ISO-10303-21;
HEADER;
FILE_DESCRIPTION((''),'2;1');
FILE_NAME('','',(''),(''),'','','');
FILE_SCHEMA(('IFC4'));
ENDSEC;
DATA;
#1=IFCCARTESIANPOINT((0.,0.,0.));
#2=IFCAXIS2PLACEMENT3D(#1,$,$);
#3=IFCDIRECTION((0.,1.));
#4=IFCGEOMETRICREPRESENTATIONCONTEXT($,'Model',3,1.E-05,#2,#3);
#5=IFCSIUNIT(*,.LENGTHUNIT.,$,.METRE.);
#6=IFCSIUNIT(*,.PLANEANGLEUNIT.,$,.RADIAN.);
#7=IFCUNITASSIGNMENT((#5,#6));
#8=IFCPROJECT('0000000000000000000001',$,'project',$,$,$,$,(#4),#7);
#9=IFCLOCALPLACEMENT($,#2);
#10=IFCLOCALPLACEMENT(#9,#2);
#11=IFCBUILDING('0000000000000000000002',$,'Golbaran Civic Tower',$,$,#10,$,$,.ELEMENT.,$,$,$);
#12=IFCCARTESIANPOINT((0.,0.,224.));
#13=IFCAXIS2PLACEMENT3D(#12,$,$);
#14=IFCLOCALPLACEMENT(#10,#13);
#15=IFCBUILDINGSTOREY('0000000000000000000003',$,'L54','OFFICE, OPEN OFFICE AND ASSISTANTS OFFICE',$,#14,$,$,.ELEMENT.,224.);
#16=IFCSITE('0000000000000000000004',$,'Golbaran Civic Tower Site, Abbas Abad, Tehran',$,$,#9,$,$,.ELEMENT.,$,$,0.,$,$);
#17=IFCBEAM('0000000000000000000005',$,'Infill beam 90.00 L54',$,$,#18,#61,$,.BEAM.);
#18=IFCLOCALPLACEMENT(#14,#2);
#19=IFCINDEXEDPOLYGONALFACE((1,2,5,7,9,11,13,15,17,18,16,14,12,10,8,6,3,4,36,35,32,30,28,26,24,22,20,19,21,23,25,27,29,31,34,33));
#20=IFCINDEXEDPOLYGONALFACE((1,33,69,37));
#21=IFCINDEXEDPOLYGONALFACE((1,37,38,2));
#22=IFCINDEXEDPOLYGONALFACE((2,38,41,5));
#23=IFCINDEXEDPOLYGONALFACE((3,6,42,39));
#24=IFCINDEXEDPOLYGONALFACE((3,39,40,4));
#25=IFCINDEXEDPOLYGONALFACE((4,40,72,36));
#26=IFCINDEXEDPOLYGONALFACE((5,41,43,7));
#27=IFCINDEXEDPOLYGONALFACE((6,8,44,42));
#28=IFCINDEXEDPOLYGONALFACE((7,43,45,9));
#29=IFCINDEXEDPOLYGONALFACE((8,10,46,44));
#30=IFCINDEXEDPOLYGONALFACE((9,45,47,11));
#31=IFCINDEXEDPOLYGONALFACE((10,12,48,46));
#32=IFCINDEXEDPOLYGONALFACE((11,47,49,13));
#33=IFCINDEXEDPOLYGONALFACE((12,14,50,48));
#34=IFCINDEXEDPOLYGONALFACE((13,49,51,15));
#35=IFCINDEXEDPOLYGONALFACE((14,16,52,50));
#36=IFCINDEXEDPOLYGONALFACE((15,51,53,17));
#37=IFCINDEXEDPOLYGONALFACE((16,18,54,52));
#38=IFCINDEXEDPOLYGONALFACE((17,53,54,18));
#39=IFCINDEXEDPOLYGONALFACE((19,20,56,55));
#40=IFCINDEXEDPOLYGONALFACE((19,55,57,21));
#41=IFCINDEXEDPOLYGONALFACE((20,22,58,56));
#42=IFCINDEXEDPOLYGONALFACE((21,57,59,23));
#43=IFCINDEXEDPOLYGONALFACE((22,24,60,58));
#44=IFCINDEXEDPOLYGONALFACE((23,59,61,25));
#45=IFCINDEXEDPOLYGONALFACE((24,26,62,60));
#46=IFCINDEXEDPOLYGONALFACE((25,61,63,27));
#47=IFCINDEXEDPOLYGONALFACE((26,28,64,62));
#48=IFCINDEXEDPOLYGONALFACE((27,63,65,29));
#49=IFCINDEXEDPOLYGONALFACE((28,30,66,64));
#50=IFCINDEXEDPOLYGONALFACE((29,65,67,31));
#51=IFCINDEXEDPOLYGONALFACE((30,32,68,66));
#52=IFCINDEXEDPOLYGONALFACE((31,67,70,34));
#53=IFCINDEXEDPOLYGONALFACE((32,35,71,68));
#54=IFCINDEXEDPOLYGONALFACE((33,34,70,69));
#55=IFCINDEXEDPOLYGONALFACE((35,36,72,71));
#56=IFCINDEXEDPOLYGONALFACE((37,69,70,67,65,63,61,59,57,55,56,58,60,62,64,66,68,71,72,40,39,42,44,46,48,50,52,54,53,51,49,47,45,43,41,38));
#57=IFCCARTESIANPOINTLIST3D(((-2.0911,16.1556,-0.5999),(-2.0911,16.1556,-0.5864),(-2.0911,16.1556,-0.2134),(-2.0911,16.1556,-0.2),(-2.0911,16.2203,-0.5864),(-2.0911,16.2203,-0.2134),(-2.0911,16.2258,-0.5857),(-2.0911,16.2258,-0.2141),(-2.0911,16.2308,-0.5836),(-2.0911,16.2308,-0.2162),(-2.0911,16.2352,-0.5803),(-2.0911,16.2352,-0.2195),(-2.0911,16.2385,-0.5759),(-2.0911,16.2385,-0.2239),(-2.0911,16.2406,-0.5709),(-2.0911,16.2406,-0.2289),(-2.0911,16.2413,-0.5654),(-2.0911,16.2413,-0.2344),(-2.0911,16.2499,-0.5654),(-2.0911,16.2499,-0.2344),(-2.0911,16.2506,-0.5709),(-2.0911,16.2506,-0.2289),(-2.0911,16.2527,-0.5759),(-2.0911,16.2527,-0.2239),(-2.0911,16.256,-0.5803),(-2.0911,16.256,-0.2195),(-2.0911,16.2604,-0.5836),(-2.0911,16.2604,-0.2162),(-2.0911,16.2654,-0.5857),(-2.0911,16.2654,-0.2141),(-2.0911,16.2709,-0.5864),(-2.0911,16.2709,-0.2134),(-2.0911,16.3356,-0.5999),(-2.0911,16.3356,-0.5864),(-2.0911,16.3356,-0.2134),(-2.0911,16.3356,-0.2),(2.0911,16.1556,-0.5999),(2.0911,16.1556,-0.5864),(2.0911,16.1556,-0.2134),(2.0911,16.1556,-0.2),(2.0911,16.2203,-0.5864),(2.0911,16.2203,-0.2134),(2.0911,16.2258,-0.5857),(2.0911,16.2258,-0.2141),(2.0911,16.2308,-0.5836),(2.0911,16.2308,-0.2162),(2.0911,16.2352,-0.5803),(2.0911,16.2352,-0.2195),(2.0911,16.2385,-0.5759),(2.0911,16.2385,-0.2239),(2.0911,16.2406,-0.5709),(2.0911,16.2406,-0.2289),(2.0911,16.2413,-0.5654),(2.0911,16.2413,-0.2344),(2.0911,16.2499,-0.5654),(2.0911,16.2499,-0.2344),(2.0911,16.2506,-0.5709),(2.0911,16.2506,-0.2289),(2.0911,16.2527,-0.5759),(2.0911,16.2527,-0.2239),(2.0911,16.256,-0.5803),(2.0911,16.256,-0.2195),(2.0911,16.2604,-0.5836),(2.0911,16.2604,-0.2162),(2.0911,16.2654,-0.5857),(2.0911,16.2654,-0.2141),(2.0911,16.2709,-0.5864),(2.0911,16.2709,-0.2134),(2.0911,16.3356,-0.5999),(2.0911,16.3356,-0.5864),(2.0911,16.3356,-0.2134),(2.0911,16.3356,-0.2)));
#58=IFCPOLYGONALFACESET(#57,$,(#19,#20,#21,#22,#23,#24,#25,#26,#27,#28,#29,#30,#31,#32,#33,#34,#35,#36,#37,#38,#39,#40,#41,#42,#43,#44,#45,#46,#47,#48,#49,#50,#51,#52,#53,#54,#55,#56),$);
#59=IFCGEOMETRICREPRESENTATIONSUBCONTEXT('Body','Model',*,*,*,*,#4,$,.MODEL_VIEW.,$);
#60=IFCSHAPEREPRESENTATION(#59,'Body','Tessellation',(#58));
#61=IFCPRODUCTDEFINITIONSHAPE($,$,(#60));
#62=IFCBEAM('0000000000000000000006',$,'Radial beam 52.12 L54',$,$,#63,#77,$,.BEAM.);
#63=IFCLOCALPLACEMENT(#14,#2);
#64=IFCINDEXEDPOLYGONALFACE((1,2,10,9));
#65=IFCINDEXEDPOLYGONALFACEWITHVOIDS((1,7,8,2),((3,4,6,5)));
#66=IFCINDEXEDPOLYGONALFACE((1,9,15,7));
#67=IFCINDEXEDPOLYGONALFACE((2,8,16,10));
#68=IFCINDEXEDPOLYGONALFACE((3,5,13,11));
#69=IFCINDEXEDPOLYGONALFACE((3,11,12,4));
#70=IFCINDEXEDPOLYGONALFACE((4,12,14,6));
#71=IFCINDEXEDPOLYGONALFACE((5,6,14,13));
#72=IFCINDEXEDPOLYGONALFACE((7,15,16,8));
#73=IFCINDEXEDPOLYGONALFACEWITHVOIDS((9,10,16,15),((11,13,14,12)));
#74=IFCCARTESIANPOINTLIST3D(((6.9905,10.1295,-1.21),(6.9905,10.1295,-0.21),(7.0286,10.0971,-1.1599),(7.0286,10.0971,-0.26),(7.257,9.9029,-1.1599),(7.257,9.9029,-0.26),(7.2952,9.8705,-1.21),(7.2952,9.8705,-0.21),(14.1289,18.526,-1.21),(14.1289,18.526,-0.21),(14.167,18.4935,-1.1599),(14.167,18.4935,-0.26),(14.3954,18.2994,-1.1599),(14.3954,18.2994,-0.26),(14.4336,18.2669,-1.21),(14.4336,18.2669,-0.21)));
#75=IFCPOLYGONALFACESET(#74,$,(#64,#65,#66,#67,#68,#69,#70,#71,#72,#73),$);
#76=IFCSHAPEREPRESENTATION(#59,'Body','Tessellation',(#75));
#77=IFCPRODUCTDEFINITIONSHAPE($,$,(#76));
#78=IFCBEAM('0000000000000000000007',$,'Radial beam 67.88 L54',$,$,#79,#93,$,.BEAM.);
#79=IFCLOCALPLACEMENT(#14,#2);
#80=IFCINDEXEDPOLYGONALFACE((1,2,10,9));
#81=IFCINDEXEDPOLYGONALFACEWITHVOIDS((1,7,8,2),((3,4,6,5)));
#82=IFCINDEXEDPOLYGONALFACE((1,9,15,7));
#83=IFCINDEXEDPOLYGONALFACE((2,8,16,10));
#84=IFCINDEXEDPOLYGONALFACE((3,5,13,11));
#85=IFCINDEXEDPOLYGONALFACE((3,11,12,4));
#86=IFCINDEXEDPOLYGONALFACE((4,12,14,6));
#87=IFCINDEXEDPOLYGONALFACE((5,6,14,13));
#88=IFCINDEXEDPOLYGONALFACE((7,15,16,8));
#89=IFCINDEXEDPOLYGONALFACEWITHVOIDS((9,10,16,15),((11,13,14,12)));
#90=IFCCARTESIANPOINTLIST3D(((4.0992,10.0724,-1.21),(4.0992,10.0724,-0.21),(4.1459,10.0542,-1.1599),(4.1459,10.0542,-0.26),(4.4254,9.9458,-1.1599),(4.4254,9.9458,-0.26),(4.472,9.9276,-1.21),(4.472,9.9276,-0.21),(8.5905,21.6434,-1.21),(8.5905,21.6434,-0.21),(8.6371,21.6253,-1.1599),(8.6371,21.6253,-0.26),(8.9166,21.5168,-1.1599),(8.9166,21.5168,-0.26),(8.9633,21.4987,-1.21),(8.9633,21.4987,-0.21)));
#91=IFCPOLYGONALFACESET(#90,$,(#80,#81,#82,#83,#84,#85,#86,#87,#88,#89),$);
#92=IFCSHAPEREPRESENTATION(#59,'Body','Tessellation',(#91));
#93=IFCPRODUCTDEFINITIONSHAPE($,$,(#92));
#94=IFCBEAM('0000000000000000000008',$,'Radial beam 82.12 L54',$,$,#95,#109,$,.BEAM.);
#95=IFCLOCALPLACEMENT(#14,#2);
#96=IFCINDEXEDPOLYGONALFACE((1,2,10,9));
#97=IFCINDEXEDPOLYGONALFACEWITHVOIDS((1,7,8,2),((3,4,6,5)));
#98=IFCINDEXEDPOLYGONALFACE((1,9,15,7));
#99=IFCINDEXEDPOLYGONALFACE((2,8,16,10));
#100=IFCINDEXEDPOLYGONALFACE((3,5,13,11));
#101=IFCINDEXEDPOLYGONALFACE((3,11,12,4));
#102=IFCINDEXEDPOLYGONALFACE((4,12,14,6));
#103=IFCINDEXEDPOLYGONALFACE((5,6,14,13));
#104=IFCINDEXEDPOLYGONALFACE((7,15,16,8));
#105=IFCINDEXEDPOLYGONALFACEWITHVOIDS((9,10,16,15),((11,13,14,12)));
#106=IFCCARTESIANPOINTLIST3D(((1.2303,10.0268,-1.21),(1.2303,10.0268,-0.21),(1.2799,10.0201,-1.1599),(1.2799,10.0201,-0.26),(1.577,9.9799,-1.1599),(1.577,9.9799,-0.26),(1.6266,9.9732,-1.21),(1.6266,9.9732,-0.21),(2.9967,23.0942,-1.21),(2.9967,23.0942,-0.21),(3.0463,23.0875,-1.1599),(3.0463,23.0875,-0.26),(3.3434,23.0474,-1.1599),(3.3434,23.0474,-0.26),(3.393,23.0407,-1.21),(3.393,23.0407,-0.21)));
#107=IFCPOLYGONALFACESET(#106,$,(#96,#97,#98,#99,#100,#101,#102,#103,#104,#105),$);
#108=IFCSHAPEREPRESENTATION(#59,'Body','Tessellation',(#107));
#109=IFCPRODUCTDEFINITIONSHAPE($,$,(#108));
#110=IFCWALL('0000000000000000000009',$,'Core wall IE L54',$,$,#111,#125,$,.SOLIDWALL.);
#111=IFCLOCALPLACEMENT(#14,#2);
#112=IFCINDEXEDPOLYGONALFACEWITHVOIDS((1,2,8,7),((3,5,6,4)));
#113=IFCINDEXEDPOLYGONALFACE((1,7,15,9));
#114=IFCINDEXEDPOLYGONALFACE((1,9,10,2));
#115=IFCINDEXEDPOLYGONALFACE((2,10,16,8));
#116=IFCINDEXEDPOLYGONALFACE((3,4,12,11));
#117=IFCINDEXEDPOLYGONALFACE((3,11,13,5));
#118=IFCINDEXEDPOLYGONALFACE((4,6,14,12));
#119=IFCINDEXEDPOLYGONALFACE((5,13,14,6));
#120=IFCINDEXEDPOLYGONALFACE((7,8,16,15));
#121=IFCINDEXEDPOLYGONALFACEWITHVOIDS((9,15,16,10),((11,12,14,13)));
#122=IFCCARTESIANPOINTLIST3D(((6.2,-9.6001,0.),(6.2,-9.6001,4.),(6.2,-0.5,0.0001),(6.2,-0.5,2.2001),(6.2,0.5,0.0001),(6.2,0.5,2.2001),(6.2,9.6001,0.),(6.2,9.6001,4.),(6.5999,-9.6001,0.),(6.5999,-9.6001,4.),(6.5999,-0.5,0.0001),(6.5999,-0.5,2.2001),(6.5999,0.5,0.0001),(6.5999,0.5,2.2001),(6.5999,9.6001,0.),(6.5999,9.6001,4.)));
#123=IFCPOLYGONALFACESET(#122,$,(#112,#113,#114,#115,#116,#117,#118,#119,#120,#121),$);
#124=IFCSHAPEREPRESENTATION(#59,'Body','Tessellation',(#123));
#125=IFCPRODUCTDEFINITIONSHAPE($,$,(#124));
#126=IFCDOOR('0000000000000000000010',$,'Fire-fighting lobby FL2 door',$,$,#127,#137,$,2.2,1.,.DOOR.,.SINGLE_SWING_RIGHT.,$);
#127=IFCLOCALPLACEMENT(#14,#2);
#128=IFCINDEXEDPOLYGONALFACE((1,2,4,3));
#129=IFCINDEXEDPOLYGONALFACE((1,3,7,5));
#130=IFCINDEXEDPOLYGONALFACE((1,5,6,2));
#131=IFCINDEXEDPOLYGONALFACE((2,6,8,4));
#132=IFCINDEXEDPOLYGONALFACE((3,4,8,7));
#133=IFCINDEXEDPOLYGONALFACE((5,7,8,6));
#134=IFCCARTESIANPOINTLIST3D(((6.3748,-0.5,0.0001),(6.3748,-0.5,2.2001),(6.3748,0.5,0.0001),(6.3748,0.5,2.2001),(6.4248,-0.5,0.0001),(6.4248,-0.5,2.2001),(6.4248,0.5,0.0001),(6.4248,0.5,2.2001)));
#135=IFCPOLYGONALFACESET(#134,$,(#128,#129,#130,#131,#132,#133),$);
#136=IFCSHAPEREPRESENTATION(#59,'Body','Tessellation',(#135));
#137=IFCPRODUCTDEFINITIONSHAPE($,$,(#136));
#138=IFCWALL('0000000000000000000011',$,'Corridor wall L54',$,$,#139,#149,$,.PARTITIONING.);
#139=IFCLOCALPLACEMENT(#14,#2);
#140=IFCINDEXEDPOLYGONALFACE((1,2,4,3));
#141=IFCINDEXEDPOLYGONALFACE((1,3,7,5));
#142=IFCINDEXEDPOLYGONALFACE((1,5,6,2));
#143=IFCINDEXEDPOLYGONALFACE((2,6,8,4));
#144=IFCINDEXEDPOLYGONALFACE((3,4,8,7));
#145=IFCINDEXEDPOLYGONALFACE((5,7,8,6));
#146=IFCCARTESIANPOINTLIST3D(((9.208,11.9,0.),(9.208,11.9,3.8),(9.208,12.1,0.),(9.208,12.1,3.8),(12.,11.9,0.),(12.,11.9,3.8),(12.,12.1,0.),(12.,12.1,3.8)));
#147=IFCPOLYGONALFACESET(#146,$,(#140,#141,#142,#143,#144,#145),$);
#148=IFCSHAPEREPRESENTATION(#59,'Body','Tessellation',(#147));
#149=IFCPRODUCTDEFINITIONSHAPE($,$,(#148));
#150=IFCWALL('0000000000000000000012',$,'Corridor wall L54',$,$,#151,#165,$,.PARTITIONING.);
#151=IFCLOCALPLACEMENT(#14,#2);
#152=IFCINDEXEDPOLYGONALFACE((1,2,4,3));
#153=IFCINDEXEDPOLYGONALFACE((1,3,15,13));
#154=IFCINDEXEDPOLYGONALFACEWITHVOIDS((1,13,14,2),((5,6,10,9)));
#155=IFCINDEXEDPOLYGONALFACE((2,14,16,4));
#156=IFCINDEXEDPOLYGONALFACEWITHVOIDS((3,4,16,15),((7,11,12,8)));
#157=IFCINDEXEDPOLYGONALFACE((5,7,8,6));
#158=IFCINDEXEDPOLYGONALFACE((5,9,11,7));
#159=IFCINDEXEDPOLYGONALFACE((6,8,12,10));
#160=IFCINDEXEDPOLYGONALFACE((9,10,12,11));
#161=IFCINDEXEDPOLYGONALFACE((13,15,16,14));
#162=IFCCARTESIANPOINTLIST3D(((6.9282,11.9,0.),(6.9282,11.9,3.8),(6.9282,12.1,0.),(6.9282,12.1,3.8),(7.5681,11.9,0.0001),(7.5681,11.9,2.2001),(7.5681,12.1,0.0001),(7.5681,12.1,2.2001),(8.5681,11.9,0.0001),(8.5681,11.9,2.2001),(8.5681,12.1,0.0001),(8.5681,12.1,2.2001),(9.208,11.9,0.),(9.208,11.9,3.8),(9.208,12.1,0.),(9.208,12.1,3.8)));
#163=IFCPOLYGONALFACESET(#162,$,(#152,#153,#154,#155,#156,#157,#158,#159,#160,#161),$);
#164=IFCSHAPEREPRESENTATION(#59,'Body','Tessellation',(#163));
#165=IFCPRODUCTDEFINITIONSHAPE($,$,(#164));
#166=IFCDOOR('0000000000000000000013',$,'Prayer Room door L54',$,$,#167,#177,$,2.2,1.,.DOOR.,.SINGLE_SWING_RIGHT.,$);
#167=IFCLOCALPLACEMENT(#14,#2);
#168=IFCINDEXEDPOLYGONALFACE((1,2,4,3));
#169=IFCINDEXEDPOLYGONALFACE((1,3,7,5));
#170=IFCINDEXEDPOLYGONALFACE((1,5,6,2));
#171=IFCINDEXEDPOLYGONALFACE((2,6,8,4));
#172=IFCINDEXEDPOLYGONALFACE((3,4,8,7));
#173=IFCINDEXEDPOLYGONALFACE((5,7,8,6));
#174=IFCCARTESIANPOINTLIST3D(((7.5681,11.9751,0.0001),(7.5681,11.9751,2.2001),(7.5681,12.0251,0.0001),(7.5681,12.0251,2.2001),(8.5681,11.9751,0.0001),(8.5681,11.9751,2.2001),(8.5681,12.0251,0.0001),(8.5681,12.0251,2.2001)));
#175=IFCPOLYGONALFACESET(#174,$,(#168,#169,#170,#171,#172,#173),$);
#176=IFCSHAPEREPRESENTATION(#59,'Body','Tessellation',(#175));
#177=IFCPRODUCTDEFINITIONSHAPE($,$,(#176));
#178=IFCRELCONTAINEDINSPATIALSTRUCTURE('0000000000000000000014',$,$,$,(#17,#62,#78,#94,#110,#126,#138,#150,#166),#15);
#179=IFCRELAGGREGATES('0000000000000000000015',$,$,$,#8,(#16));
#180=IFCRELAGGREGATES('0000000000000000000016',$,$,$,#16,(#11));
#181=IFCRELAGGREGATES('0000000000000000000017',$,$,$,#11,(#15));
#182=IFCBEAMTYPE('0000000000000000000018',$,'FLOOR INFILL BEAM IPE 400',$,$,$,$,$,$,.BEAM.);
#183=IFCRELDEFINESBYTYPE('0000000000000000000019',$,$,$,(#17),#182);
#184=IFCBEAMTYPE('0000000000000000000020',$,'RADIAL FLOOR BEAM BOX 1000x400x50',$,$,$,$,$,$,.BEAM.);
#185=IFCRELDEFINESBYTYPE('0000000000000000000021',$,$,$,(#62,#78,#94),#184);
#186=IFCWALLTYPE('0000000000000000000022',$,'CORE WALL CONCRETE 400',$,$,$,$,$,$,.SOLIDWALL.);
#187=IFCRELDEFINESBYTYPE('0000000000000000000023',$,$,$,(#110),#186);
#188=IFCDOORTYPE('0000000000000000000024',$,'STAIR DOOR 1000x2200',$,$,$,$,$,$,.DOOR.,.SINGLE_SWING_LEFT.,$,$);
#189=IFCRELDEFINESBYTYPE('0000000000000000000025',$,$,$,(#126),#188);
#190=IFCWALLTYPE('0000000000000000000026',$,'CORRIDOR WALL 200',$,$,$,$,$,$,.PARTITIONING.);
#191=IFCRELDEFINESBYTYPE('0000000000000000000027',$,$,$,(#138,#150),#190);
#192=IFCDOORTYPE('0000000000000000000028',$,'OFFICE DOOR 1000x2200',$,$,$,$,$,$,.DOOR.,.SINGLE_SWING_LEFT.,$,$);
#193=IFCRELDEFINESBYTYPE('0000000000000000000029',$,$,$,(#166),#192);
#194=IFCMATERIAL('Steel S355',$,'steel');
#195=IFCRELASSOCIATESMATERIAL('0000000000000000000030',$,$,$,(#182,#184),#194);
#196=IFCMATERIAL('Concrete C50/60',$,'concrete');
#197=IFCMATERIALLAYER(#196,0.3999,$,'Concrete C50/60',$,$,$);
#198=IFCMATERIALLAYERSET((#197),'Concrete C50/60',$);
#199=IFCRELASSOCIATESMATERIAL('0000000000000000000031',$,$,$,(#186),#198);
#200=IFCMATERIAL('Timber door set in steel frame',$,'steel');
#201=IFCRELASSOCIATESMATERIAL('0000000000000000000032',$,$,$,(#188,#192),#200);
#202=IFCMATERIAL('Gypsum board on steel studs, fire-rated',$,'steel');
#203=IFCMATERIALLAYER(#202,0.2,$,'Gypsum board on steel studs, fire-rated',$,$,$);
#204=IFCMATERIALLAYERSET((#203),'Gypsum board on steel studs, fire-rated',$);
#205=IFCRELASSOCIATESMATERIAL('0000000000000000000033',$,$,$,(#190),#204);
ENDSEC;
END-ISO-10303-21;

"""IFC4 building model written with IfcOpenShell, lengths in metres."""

from ifc_helpers import new_model, si_unit, direction, frame, frame_2d, origin, origin_2d, place, context, subcontext, project, spatial, rectangle, hollow_rectangle, i_section, extrude, material, layer, layer_set, material_profile, profile_set, type_object, element, fill, save


model = new_model("IFC4")

# Units and contexts
model_context = context("Model", 3, precision=1e-05, world=origin(), true_north=direction((0.0, 1.0)))
body_context = subcontext(model_context, "Body", "Model", "MODEL_VIEW")
ifc_project = project(units=[si_unit("LENGTHUNIT", "METRE"), si_unit("PLANEANGLEUNIT", "RADIAN")], contexts=[model_context])

# Site, building, storey
site_placement = place(None, origin())
site = spatial("IfcSite", under=ifc_project, at=site_placement, Name="Golbaran Civic Tower Site, Abbas Abad, Tehran", CompositionType="ELEMENT", RefElevation=0.0)
building_placement = place(site_placement, origin())
building = spatial("IfcBuilding", under=site, at=building_placement, Name="Golbaran Civic Tower", CompositionType="ELEMENT")
storey_placement = place(building_placement, frame((0.0, 0.0, 224.0)))
storey = spatial("IfcBuildingStorey", under=building, at=storey_placement, Name="L54", Description="OFFICE, OPEN OFFICE AND ASSISTANTS OFFICE", CompositionType="ELEMENT", Elevation=224.0)

# Beams
ifc_material_1 = material(Name="Steel S355", Category="steel")
ifc_material_profile_1 = material_profile(ifc_material_1, i_section(OverallWidth=0.1799, OverallDepth=0.3999, WebThickness=0.0085, FlangeThickness=0.0134, FilletRadius=0.021, at=origin_2d()), Name="IPE 400")
ifc_profile_set_1 = profile_set([ifc_material_profile_1], Name="Steel S355")
beam_type_1 = type_object("IfcBeamType", Name="FLOOR INFILL BEAM IPE 400", PredefinedType="BEAM", material=ifc_profile_set_1)
beam_1_placement = place(storey_placement, frame((2.0911, 16.2456, -0.3999), z_axis=(-1.0, 0.0, 0.0), x_axis=(0.0, -1.0, 0.0)))
element("IfcBeam", 1, at=beam_1_placement, inside=storey, type_object=beam_type_1, Name="Infill beam 90.00 L54", PredefinedType="BEAM", context=body_context, shape_type="SweptSolid", body=[
    extrude(i_section(OverallWidth=0.1799, OverallDepth=0.3999, WebThickness=0.0085, FlangeThickness=0.0134, FilletRadius=0.021, at=origin_2d()), origin(), (0.0, 0.0, 1.0), 4.1821),
])
ifc_material_profile_2 = material_profile(ifc_material_1, hollow_rectangle(XDim=0.3999, YDim=1.0, WallThickness=0.05, at=origin_2d()), Name="BOX 1000x400x50")
ifc_profile_set_2 = profile_set([ifc_material_profile_2], Name="Steel S355")
beam_type_2 = type_object("IfcBeamType", Name="RADIAL FLOOR BEAM BOX 1000x400x50", PredefinedType="BEAM", material=ifc_profile_set_2)
beam_2_placement = place(storey_placement, frame((7.1428, 10.0, -0.71), z_axis=(0.647723, 0.761876, 0.0), x_axis=(-0.761876, 0.647723, 0.0)))
element("IfcBeam", 2, at=beam_2_placement, inside=storey, type_object=beam_type_2, Name="Radial beam 52.12 L54", PredefinedType="BEAM", context=body_context, shape_type="SweptSolid", body=[
    extrude(hollow_rectangle(XDim=0.3999, YDim=1.0, WallThickness=0.05, at=origin_2d()), origin(), (0.0, 0.0, 1.0), 11.0208),
])
beam_3_placement = place(storey_placement, frame((4.2856, 10.0, -0.71), z_axis=(0.361842, 0.93224, 0.0), x_axis=(-0.93224, 0.361842, 0.0)))
element("IfcBeam", 3, at=beam_3_placement, inside=storey, type_object=beam_type_2, Name="Radial beam 67.88 L54", PredefinedType="BEAM", context=body_context, shape_type="SweptSolid", body=[
    extrude(hollow_rectangle(XDim=0.3999, YDim=1.0, WallThickness=0.05, at=origin_2d()), origin(), (0.0, 0.0, 1.0), 12.4121),
])
beam_4_placement = place(storey_placement, frame((1.4285, 10.0, -0.71), z_axis=(0.133955, 0.990987, 0.0), x_axis=(-0.990987, 0.133955, 0.0)))
element("IfcBeam", 4, at=beam_4_placement, inside=storey, type_object=beam_type_2, Name="Radial beam 82.12 L54", PredefinedType="BEAM", context=body_context, shape_type="SweptSolid", body=[
    extrude(hollow_rectangle(XDim=0.3999, YDim=1.0, WallThickness=0.05, at=origin_2d()), origin(), (0.0, 0.0, 1.0), 13.1863),
])

# Wall, opening, door
ifc_material_2 = material(Name="Concrete C50/60", Category="concrete")
ifc_layer_1 = layer(ifc_material_2, 0.3999, Name="Concrete C50/60")
ifc_layer_set_1 = layer_set([ifc_layer_1], Name="Concrete C50/60")
wall_type_1 = type_object("IfcWallType", Name="CORE WALL CONCRETE 400", PredefinedType="SOLIDWALL", material=ifc_layer_set_1)
wall_1_placement = place(storey_placement, frame((6.3999, 9.6001, 0.0), z_axis=(0.0, 0.0, 1.0), x_axis=(0.0, -1.0, 0.0)))
wall_1 = element("IfcWall", 5, at=wall_1_placement, inside=storey, type_object=wall_type_1, Name="Core wall IE L54", PredefinedType="SOLIDWALL", context=body_context, shape_type="SweptSolid", body=[
    extrude(rectangle(XDim=19.2002, YDim=0.3999, at=frame_2d((9.6001, 0.0))), origin(), (0.0, 0.0, 1.0), 4.0),
])
opening_1_placement = place(wall_1_placement, frame((9.1001, 0.0, 0.0)))
opening_1 = element("IfcOpeningElement", 6, at=opening_1_placement, cuts=wall_1, PredefinedType="OPENING", context=body_context, shape_type="SweptSolid", body=[
    extrude(rectangle(XDim=1.0, YDim=2.2, at=frame_2d((0.5, 1.1001))), frame((0.0, 0.21, 0.0), z_axis=(0.0, -1.0, 0.0), x_axis=(1.0, 0.0, 0.0)), (0.0, 0.0, 1.0), 0.4199),
])
ifc_material_3 = material(Name="Timber door set in steel frame", Category="steel")
door_type_1 = type_object("IfcDoorType", Name="STAIR DOOR 1000x2200", OperationType="SINGLE_SWING_LEFT", PredefinedType="DOOR", material=ifc_material_3)
door_1_placement = place(opening_1_placement, origin())
door_1 = element("IfcDoor", 7, at=door_1_placement, inside=storey, type_object=door_type_1, Name="Fire-fighting lobby FL2 door", OperationType="SINGLE_SWING_RIGHT", OverallHeight=2.2, OverallWidth=1.0, PredefinedType="DOOR", context=body_context, shape_type="SweptSolid", body=[
    extrude(rectangle(XDim=1.0, YDim=2.2, at=frame_2d((0.5, 1.1001))), frame((0.0, 0.0249, 0.0), z_axis=(0.0, -1.0, 0.0), x_axis=(1.0, 0.0, 0.0)), (0.0, 0.0, 1.0), 0.05),
])
fill(opening_1, door_1)

# Wall
ifc_material_4 = material(Name="Gypsum board on steel studs, fire-rated", Category="steel")
ifc_layer_2 = layer(ifc_material_4, 0.2, Name="Gypsum board on steel studs, fire-rated")
ifc_layer_set_2 = layer_set([ifc_layer_2], Name="Gypsum board on steel studs, fire-rated")
wall_type_2 = type_object("IfcWallType", Name="CORRIDOR WALL 200", PredefinedType="PARTITIONING", material=ifc_layer_set_2)
wall_2_placement = place(storey_placement, frame((12.0, 12.0, 0.0), z_axis=(0.0, 0.0, 1.0), x_axis=(-1.0, 0.0, 0.0)))
element("IfcWall", 8, at=wall_2_placement, inside=storey, type_object=wall_type_2, Name="Corridor wall L54", PredefinedType="PARTITIONING", context=body_context, shape_type="SweptSolid", body=[
    extrude(rectangle(XDim=2.792, YDim=0.2, at=frame_2d((1.396, 0.0))), origin(), (0.0, 0.0, 1.0), 3.8),
])

# Wall, opening, door
wall_3_placement = place(storey_placement, frame((9.208, 12.0, 0.0), z_axis=(0.0, 0.0, 1.0), x_axis=(-1.0, 0.0, 0.0)))
wall_3 = element("IfcWall", 9, at=wall_3_placement, inside=storey, type_object=wall_type_2, Name="Corridor wall L54", PredefinedType="PARTITIONING", context=body_context, shape_type="SweptSolid", body=[
    extrude(rectangle(XDim=2.2798, YDim=0.2, at=frame_2d((1.1399, 0.0))), origin(), (0.0, 0.0, 1.0), 3.8),
])
opening_2_placement = place(wall_3_placement, frame((0.6399, 0.0, 0.0)))
opening_2 = element("IfcOpeningElement", 10, at=opening_2_placement, cuts=wall_3, PredefinedType="OPENING", context=body_context, shape_type="SweptSolid", body=[
    extrude(rectangle(XDim=1.0, YDim=2.2, at=frame_2d((0.5, 1.1001))), frame((0.0, 0.1099, 0.0), z_axis=(0.0, -1.0, 0.0), x_axis=(1.0, 0.0, 0.0)), (0.0, 0.0, 1.0), 0.22),
])
door_type_2 = type_object("IfcDoorType", Name="OFFICE DOOR 1000x2200", OperationType="SINGLE_SWING_LEFT", PredefinedType="DOOR", material=ifc_material_3)
door_2_placement = place(opening_2_placement, origin())
door_2 = element("IfcDoor", 11, at=door_2_placement, inside=storey, type_object=door_type_2, Name="Prayer Room door L54", OperationType="SINGLE_SWING_RIGHT", OverallHeight=2.2, OverallWidth=1.0, PredefinedType="DOOR", context=body_context, shape_type="SweptSolid", body=[
    extrude(rectangle(XDim=1.0, YDim=2.2, at=frame_2d((0.5, 1.1001))), frame((0.0, 0.0249, 0.0), z_axis=(0.0, -1.0, 0.0), x_axis=(1.0, 0.0, 0.0)), (0.0, 0.0, 1.0), 0.05),
])
fill(opening_2, door_2)

save(model, "model.ifc")
